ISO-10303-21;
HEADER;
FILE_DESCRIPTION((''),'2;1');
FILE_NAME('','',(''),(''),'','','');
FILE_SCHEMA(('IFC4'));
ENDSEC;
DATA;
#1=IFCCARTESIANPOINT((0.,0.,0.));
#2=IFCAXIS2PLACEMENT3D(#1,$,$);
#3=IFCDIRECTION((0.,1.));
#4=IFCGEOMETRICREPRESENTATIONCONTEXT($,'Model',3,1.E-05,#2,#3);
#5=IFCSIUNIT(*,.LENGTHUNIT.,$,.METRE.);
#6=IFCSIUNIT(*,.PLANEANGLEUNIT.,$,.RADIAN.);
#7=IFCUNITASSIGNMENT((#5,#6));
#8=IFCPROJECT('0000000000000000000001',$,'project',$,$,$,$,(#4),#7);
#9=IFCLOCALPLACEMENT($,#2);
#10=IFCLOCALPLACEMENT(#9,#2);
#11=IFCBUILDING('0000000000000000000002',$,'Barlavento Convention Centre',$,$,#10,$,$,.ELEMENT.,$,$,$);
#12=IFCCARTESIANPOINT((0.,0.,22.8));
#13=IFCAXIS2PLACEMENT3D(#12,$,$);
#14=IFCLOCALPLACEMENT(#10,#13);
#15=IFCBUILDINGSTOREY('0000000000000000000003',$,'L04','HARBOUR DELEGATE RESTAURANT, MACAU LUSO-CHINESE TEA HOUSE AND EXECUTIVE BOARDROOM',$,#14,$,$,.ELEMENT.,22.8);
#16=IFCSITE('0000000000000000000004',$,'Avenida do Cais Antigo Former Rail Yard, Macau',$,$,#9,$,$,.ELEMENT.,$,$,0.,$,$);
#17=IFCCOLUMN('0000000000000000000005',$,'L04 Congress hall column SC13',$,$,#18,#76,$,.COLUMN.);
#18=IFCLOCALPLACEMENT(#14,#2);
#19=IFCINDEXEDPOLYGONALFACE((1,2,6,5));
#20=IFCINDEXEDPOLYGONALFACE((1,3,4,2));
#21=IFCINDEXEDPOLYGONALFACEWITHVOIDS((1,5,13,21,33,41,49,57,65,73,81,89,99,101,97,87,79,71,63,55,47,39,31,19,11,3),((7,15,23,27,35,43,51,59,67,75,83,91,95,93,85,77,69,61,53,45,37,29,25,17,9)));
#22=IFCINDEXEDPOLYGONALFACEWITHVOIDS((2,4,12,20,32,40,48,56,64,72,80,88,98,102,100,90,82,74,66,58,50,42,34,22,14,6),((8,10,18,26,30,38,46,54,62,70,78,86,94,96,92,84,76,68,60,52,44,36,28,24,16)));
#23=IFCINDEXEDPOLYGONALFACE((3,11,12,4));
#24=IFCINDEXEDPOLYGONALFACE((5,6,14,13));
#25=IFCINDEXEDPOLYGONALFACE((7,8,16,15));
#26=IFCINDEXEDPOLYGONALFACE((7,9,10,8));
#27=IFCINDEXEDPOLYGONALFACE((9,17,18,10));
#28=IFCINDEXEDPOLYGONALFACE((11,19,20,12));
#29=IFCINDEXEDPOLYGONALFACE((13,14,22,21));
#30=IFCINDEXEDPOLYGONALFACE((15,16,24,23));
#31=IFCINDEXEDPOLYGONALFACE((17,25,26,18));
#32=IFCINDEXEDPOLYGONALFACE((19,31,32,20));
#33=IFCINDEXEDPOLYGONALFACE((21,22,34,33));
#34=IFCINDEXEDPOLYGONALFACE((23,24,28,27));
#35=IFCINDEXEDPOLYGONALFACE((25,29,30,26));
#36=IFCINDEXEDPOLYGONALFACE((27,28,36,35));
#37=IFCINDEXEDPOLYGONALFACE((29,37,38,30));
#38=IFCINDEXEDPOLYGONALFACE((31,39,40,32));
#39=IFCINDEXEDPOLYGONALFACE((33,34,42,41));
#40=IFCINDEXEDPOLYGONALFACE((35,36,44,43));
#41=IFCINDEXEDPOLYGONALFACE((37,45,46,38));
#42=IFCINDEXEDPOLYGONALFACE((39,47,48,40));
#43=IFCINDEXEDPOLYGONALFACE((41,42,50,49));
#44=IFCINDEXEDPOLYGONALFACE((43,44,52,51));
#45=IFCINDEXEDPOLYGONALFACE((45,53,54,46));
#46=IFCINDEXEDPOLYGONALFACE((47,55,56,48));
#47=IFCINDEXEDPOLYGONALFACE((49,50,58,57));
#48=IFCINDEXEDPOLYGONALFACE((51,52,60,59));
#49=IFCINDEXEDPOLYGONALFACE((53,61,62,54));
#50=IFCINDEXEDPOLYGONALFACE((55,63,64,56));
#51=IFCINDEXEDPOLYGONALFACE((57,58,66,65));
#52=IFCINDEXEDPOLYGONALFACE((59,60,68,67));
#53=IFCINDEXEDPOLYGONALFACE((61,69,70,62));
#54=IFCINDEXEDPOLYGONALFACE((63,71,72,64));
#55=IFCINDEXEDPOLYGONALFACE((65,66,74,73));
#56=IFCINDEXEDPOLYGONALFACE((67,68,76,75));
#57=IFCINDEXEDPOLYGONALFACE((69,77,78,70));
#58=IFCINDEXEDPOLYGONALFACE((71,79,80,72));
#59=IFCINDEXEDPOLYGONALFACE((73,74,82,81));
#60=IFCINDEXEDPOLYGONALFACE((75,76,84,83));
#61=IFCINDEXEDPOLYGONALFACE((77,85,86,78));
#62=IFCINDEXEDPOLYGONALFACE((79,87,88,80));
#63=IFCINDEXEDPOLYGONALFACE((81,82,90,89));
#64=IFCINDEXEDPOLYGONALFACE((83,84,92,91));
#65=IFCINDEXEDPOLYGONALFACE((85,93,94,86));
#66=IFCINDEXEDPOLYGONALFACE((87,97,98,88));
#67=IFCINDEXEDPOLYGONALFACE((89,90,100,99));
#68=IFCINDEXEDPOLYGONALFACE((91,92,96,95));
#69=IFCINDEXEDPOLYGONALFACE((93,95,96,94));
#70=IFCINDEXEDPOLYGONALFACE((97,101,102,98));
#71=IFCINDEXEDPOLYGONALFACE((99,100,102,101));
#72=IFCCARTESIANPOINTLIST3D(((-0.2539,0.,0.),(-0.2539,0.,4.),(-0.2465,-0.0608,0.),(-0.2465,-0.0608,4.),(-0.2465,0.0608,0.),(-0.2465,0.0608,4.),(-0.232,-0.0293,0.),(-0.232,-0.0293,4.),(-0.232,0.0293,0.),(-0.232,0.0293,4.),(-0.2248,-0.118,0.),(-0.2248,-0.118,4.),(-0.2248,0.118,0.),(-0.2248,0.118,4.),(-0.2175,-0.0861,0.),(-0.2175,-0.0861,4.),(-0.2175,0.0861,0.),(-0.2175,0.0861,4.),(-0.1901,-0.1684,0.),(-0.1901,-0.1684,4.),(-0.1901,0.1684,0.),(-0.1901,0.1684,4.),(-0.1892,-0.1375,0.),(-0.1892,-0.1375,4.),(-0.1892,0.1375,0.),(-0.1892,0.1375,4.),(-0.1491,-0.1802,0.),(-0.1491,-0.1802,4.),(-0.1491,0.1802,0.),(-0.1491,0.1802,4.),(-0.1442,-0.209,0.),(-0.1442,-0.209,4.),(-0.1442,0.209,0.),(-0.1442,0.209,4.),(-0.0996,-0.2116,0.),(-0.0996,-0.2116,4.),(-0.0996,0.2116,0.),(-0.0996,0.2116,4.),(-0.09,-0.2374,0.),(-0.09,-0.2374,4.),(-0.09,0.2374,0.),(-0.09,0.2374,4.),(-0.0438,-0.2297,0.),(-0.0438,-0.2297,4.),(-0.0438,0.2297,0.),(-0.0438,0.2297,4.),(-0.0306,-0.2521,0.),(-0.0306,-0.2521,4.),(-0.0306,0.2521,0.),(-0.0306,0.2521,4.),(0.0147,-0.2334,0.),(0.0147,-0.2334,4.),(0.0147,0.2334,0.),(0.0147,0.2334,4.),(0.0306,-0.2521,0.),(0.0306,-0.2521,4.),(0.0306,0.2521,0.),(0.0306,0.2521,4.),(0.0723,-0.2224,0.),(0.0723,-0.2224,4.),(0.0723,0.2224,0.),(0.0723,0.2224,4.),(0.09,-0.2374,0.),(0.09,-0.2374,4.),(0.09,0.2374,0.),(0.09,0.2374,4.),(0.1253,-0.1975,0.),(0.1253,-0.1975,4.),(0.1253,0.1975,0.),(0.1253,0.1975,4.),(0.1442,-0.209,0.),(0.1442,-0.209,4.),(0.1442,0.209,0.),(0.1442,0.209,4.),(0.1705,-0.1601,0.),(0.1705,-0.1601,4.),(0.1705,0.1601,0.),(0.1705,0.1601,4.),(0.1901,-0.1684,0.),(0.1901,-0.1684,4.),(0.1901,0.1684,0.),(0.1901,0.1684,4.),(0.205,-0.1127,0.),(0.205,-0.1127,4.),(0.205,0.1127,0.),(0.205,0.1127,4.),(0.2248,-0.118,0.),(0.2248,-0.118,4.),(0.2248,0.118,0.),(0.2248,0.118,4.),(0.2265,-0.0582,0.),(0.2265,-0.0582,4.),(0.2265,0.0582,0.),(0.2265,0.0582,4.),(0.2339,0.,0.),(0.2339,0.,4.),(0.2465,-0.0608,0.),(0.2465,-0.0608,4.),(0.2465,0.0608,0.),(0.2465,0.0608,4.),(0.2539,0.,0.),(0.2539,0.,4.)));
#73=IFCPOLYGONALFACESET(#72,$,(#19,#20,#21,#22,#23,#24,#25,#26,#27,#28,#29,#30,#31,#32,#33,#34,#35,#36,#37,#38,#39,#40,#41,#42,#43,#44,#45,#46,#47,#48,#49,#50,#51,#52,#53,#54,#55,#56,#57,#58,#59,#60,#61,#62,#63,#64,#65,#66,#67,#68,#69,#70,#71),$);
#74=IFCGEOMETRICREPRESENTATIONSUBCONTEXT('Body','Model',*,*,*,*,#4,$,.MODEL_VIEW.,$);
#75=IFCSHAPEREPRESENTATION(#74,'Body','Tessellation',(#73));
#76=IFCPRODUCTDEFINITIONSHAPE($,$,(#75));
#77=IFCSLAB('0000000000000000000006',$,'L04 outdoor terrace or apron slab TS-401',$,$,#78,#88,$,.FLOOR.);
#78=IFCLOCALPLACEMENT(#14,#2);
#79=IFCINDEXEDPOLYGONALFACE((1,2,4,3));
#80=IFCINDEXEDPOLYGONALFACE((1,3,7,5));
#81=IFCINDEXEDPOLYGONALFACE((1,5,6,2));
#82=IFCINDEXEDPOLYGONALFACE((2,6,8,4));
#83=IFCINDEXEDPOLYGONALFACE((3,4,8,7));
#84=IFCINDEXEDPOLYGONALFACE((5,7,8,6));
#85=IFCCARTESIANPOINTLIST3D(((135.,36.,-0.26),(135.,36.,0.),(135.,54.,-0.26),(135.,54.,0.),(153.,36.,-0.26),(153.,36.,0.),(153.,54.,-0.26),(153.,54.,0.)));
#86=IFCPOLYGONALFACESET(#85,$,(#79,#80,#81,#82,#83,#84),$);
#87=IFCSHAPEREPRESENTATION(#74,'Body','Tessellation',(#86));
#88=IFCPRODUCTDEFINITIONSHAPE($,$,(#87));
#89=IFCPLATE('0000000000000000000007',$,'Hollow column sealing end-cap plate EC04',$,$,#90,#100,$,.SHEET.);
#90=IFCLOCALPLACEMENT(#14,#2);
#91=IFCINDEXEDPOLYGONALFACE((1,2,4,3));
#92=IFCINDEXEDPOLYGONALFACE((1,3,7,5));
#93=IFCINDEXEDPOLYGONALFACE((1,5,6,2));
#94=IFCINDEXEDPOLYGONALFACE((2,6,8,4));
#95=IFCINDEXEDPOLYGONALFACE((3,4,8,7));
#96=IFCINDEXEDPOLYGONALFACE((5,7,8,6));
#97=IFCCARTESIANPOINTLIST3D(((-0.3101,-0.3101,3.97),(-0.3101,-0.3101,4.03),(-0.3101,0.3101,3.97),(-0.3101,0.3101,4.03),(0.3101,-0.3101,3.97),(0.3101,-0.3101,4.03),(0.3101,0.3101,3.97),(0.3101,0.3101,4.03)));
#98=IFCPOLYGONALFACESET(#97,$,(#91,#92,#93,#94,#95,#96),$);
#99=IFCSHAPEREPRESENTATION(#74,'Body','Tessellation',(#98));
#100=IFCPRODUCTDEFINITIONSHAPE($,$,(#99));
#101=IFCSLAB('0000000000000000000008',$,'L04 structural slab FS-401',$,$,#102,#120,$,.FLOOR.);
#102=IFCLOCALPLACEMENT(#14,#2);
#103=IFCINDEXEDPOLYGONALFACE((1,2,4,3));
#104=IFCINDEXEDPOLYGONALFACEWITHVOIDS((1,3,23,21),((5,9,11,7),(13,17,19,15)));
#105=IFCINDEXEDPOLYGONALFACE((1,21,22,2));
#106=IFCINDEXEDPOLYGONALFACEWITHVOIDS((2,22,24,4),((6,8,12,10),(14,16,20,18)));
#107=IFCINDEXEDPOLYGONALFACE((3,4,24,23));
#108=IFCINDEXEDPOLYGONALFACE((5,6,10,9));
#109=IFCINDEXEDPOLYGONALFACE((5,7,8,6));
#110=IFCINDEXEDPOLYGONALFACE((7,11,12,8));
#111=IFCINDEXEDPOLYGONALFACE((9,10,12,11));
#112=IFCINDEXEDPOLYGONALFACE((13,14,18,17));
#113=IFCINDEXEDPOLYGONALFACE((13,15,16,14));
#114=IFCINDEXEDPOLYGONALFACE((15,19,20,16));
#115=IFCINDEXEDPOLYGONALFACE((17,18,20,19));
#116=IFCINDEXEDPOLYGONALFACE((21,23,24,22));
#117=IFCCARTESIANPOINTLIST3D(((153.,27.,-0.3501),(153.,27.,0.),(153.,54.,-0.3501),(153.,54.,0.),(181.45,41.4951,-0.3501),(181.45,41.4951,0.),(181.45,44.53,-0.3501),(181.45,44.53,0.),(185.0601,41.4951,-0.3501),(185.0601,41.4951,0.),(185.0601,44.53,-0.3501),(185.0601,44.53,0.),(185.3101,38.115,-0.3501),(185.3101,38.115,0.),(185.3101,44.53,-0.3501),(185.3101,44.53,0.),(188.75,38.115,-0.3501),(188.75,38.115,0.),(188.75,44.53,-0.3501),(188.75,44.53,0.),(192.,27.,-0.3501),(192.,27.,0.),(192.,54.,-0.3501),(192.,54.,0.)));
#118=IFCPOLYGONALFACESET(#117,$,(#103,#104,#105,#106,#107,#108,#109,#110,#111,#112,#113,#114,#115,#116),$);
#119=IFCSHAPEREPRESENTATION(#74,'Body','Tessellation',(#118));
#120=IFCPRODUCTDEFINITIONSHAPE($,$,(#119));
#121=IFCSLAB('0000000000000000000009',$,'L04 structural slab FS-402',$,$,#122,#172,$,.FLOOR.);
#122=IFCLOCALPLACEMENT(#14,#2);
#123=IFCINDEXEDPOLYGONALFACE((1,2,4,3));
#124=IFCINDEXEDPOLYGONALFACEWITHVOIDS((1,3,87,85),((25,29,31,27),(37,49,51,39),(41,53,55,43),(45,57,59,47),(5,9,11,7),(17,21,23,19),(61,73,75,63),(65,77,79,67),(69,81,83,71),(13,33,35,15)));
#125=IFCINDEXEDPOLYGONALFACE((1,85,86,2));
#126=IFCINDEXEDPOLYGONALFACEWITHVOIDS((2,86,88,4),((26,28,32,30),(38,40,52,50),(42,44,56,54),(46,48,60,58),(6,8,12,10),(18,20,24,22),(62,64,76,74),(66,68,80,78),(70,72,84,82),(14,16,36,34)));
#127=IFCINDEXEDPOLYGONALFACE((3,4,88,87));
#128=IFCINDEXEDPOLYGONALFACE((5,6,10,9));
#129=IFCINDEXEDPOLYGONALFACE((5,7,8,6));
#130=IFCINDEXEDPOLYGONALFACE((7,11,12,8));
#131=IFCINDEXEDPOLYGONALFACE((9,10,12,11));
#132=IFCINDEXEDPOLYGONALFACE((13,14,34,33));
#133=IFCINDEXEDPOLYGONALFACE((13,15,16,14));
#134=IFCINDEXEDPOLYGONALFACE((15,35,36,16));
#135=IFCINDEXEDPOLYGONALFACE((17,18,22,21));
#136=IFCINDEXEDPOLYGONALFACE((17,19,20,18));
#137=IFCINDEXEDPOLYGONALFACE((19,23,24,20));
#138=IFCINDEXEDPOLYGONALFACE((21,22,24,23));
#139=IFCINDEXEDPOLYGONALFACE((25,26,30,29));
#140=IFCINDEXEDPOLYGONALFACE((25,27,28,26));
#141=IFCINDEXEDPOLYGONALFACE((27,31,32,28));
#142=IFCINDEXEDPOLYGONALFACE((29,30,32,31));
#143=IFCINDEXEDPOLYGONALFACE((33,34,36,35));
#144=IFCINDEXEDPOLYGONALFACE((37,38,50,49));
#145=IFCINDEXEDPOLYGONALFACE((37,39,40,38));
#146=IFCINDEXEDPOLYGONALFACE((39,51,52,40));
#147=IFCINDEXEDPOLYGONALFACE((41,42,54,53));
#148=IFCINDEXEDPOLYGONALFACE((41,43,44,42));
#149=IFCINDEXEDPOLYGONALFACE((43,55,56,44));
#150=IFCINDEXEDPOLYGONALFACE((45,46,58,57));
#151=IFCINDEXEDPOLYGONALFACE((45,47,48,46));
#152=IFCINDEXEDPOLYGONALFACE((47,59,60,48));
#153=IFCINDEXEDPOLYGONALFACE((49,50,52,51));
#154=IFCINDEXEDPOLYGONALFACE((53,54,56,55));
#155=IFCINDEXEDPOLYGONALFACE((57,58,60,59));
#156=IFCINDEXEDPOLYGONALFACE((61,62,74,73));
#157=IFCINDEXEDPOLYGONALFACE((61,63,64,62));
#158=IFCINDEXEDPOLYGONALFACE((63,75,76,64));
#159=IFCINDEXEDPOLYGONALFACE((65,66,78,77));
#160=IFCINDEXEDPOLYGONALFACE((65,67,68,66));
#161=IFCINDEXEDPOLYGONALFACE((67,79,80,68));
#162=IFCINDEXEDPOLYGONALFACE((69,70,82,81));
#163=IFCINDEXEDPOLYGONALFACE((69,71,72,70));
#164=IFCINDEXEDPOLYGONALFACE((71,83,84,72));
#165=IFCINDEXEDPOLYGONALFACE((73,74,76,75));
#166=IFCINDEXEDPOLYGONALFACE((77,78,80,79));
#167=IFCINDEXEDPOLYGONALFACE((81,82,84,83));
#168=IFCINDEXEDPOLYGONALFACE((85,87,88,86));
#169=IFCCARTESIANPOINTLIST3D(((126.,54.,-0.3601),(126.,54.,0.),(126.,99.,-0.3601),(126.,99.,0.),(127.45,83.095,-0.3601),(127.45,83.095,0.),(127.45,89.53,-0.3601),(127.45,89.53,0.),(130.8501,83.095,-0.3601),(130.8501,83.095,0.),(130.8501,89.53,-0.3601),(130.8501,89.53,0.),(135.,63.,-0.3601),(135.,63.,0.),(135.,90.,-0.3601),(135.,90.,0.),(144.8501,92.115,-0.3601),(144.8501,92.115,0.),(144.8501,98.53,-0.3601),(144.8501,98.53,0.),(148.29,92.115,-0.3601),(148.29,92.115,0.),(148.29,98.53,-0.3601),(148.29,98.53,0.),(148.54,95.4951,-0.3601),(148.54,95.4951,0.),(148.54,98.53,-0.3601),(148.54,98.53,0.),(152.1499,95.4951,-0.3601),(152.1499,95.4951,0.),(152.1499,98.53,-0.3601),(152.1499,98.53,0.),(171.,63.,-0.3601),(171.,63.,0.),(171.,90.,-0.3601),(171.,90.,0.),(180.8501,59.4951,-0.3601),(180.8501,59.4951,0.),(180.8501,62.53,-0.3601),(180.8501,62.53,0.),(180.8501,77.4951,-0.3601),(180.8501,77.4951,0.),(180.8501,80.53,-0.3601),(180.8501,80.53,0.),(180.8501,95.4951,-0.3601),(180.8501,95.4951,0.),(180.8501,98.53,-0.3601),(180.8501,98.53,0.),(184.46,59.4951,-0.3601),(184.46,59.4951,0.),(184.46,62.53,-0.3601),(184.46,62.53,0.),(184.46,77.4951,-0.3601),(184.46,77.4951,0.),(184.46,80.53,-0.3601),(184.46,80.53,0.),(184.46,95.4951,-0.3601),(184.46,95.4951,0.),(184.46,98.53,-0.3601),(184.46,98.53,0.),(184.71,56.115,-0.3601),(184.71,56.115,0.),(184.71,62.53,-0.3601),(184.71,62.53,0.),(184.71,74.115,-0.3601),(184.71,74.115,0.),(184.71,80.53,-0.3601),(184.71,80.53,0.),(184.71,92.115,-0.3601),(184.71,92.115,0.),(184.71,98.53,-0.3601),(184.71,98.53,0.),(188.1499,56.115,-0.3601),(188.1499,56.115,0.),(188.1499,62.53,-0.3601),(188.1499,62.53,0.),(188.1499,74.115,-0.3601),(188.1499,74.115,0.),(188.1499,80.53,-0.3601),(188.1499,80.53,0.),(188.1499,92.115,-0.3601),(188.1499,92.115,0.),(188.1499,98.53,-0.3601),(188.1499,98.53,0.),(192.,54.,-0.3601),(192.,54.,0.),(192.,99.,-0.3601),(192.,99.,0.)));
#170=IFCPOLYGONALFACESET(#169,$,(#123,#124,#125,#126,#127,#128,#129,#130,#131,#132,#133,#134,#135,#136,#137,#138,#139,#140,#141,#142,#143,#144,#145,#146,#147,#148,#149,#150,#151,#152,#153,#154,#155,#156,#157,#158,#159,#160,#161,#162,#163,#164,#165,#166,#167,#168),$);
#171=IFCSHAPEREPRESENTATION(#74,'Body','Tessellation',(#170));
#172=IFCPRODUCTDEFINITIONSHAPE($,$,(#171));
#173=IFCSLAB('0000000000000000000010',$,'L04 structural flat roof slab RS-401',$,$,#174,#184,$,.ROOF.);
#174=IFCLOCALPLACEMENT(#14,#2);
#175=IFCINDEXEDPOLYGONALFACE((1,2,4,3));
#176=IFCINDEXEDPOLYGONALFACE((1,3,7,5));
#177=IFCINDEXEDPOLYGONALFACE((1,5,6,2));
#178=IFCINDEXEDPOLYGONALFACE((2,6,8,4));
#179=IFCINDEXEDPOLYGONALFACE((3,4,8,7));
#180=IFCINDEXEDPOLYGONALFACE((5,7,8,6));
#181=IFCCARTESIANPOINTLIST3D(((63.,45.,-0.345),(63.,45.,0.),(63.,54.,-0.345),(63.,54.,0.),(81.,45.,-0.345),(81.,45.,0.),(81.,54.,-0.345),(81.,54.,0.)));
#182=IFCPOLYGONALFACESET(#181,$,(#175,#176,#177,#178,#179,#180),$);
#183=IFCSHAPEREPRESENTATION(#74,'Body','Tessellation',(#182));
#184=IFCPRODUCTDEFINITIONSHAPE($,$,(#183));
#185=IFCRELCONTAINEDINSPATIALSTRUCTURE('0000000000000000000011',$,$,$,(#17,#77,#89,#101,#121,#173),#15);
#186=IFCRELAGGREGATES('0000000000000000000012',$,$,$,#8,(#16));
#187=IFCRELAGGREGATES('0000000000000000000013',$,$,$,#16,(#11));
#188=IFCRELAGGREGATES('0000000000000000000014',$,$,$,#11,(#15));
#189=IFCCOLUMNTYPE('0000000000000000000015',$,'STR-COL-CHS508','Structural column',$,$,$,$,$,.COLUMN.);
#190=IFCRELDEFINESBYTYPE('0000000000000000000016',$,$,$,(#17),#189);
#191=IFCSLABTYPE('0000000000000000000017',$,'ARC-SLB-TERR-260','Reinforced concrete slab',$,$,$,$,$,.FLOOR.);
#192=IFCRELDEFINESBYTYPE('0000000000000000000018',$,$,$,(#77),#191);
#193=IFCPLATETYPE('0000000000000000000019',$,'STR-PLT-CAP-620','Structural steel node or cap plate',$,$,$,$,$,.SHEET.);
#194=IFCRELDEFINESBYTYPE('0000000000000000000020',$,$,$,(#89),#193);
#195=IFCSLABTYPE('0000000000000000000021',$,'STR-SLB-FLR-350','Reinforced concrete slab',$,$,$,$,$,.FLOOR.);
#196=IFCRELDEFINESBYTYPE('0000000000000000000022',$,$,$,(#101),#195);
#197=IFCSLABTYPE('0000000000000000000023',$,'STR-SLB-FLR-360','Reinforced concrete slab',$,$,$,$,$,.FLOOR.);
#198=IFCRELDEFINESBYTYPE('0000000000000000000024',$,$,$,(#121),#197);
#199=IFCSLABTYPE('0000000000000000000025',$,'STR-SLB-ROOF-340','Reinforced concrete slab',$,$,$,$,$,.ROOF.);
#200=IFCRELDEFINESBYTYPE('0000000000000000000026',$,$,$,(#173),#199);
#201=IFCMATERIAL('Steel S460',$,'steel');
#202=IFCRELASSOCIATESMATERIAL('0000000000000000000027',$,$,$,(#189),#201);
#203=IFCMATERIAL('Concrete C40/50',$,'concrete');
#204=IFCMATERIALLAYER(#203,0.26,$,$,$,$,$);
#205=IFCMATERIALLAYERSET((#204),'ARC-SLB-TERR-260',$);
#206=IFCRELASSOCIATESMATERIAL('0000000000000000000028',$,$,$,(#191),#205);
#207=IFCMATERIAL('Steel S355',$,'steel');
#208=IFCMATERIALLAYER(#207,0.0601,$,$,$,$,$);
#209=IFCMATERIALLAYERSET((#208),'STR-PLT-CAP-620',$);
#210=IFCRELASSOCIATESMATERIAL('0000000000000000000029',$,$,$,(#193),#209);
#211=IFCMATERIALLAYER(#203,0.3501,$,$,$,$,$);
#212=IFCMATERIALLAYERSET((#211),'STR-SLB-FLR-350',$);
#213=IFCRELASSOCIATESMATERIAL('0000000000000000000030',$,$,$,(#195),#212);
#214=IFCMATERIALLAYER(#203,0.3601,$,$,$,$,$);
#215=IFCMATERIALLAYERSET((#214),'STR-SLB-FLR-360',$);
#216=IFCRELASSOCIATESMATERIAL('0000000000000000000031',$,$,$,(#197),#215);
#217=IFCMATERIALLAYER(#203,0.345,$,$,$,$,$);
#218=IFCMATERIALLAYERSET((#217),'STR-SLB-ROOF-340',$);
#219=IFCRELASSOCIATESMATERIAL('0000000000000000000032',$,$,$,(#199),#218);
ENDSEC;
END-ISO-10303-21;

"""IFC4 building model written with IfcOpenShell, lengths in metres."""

from ifc_helpers import new_model, si_unit, direction, frame, origin, origin_with_axes, origin_2d, place, context, subcontext, project, spatial, polyline, rectangle, hollow_circle, outline, extrude, material, layer, layer_set, material_profile, profile_set, type_object, element, save


model = new_model("IFC4")

# Units and contexts
model_context = context("Model", 3, precision=1e-05, world=origin(), true_north=direction((0.0, 1.0)))
body_context = subcontext(model_context, "Body", "Model", "MODEL_VIEW")
ifc_project = project(units=[si_unit("LENGTHUNIT", "METRE"), si_unit("PLANEANGLEUNIT", "RADIAN")], contexts=[model_context])

# Site, building, storey
site_placement = place(None, origin())
site = spatial("IfcSite", under=ifc_project, at=site_placement, Name="Avenida do Cais Antigo Former Rail Yard, Macau", CompositionType="ELEMENT", RefElevation=0.0)
building_placement = place(site_placement, origin())
building = spatial("IfcBuilding", under=site, at=building_placement, Name="Barlavento Convention Centre", CompositionType="ELEMENT")
storey_placement = place(building_placement, frame((0.0, 0.0, 22.8)))
storey = spatial("IfcBuildingStorey", under=building, at=storey_placement, Name="L04", Description="HARBOUR DELEGATE RESTAURANT, MACAU LUSO-CHINESE TEA HOUSE AND EXECUTIVE BOARDROOM", CompositionType="ELEMENT", Elevation=22.8)

# Column
ifc_material_1 = material(Name="Steel S460", Category="steel")
ifc_material_profile = material_profile(ifc_material_1, hollow_circle(Radius=0.2539, WallThickness=0.02, at=origin_2d()), Name="CHS 508.0x20.0")
ifc_profile_set = profile_set([ifc_material_profile], Name="Steel S460")
column_type = type_object("IfcColumnType", Name="STR-COL-CHS508", Description="Structural column", PredefinedType="COLUMN", material=ifc_profile_set)
column_placement = place(storey_placement, origin_with_axes())
element("IfcColumn", 1, at=column_placement, inside=storey, type_object=column_type, Name="L04 Congress hall column SC13", PredefinedType="COLUMN", context=body_context, shape_type="SweptSolid", body=[
    extrude(hollow_circle(Radius=0.2539, WallThickness=0.02, at=origin_2d()), origin(), (0.0, 0.0, 1.0), 4.0),
])

# Slab
ifc_material_2 = material(Name="Concrete C40/50", Category="concrete")
ifc_layer_1 = layer(ifc_material_2, 0.26)
ifc_layer_set_1 = layer_set([ifc_layer_1], Name="ARC-SLB-TERR-260")
slab_type_1 = type_object("IfcSlabType", Name="ARC-SLB-TERR-260", Description="Reinforced concrete slab", PredefinedType="FLOOR", material=ifc_layer_set_1)
slab_1_placement = place(storey_placement, frame((0.0, 0.0, -0.26)))
element("IfcSlab", 2, at=slab_1_placement, inside=storey, type_object=slab_type_1, Name="L04 outdoor terrace or apron slab TS-401", PredefinedType="FLOOR", context=body_context, shape_type="SweptSolid", body=[
    extrude(outline(polyline([(135.0, 36.0), (153.0, 36.0), (153.0, 54.0), (135.0, 54.0), (135.0, 36.0)])), origin(), (0.0, 0.0, 1.0), 0.26),
])

# Plate
ifc_material_3 = material(Name="Steel S355", Category="steel")
ifc_layer_2 = layer(ifc_material_3, 0.0601)
ifc_layer_set_2 = layer_set([ifc_layer_2], Name="STR-PLT-CAP-620")
plate_type = type_object("IfcPlateType", Name="STR-PLT-CAP-620", Description="Structural steel node or cap plate", PredefinedType="SHEET", material=ifc_layer_set_2)
plate_placement = place(storey_placement, frame((0.0, 0.0, 3.97), z_axis=(0.0, 0.0, 1.0), x_axis=(1.0, 0.0, 0.0)))
element("IfcPlate", 3, at=plate_placement, inside=storey, type_object=plate_type, Name="Hollow column sealing end-cap plate EC04", PredefinedType="SHEET", context=body_context, shape_type="SweptSolid", body=[
    extrude(rectangle(XDim=0.6201, YDim=0.6201, at=origin_2d()), origin(), (0.0, 0.0, 1.0), 0.0601),
])

# Slabs
ifc_layer_3 = layer(ifc_material_2, 0.3501)
ifc_layer_set_3 = layer_set([ifc_layer_3], Name="STR-SLB-FLR-350")
slab_type_2 = type_object("IfcSlabType", Name="STR-SLB-FLR-350", Description="Reinforced concrete slab", PredefinedType="FLOOR", material=ifc_layer_set_3)
slab_2_placement = place(storey_placement, frame((0.0, 0.0, -0.3501)))
element("IfcSlab", 4, at=slab_2_placement, inside=storey, type_object=slab_type_2, Name="L04 structural slab FS-401", PredefinedType="FLOOR", context=body_context, shape_type="SweptSolid", body=[
    extrude(outline(polyline([(153.0, 27.0), (192.0, 27.0), (192.0, 54.0), (153.0, 54.0), (153.0, 27.0)]), holes=[polyline([(188.75, 38.115), (188.75, 44.53), (185.3101, 44.53), (185.3101, 38.115), (188.75, 38.115)]), polyline([(181.45, 41.4951), (185.0601, 41.4951), (185.0601, 44.53), (181.45, 44.53), (181.45, 41.4951)])]), origin(), (0.0, 0.0, 1.0), 0.3501),
])
ifc_layer_4 = layer(ifc_material_2, 0.3601)
ifc_layer_set_4 = layer_set([ifc_layer_4], Name="STR-SLB-FLR-360")
slab_type_3 = type_object("IfcSlabType", Name="STR-SLB-FLR-360", Description="Reinforced concrete slab", PredefinedType="FLOOR", material=ifc_layer_set_4)
slab_3_placement = place(storey_placement, frame((0.0, 0.0, -0.3601)))
element("IfcSlab", 5, at=slab_3_placement, inside=storey, type_object=slab_type_3, Name="L04 structural slab FS-402", PredefinedType="FLOOR", context=body_context, shape_type="SweptSolid", body=[
    extrude(outline(polyline([(126.0, 54.0), (192.0, 54.0), (192.0, 99.0), (126.0, 99.0), (126.0, 54.0)]), holes=[polyline([(135.0, 63.0), (171.0, 63.0), (171.0, 90.0), (135.0, 90.0), (135.0, 63.0)]), polyline([(188.1499, 56.115), (188.1499, 62.53), (184.71, 62.53), (184.71, 56.115), (188.1499, 56.115)]), polyline([(180.8501, 59.4951), (184.46, 59.4951), (184.46, 62.53), (180.8501, 62.53), (180.8501, 59.4951)]), polyline([(188.1499, 74.115), (188.1499, 80.53), (184.71, 80.53), (184.71, 74.115), (188.1499, 74.115)]), polyline([(180.8501, 77.4951), (184.46, 77.4951), (184.46, 80.53), (180.8501, 80.53), (180.8501, 77.4951)]), polyline([(188.1499, 92.115), (188.1499, 98.53), (184.71, 98.53), (184.71, 92.115), (188.1499, 92.115)]), polyline([(180.8501, 95.4951), (184.46, 95.4951), (184.46, 98.53), (180.8501, 98.53), (180.8501, 95.4951)]), polyline([(148.29, 92.115), (148.29, 98.53), (144.8501, 98.53), (144.8501, 92.115), (148.29, 92.115)]), polyline([(148.54, 95.4951), (152.1499, 95.4951), (152.1499, 98.53), (148.54, 98.53), (148.54, 95.4951)]), polyline([(130.8501, 83.095), (130.8501, 89.53), (127.45, 89.53), (127.45, 83.095), (130.8501, 83.095)])]), origin(), (0.0, 0.0, 1.0), 0.3601),
])
ifc_layer_5 = layer(ifc_material_2, 0.345)
ifc_layer_set_5 = layer_set([ifc_layer_5], Name="STR-SLB-ROOF-340")
slab_type_4 = type_object("IfcSlabType", Name="STR-SLB-ROOF-340", Description="Reinforced concrete slab", PredefinedType="ROOF", material=ifc_layer_set_5)
slab_4_placement = place(storey_placement, frame((0.0, 0.0, -0.345)))
element("IfcSlab", 6, at=slab_4_placement, inside=storey, type_object=slab_type_4, Name="L04 structural flat roof slab RS-401", PredefinedType="ROOF", context=body_context, shape_type="SweptSolid", body=[
    extrude(outline(polyline([(63.0, 45.0), (81.0, 45.0), (81.0, 54.0), (63.0, 54.0), (63.0, 45.0)])), origin(), (0.0, 0.0, 1.0), 0.345),
])

save(model, "model.ifc")
